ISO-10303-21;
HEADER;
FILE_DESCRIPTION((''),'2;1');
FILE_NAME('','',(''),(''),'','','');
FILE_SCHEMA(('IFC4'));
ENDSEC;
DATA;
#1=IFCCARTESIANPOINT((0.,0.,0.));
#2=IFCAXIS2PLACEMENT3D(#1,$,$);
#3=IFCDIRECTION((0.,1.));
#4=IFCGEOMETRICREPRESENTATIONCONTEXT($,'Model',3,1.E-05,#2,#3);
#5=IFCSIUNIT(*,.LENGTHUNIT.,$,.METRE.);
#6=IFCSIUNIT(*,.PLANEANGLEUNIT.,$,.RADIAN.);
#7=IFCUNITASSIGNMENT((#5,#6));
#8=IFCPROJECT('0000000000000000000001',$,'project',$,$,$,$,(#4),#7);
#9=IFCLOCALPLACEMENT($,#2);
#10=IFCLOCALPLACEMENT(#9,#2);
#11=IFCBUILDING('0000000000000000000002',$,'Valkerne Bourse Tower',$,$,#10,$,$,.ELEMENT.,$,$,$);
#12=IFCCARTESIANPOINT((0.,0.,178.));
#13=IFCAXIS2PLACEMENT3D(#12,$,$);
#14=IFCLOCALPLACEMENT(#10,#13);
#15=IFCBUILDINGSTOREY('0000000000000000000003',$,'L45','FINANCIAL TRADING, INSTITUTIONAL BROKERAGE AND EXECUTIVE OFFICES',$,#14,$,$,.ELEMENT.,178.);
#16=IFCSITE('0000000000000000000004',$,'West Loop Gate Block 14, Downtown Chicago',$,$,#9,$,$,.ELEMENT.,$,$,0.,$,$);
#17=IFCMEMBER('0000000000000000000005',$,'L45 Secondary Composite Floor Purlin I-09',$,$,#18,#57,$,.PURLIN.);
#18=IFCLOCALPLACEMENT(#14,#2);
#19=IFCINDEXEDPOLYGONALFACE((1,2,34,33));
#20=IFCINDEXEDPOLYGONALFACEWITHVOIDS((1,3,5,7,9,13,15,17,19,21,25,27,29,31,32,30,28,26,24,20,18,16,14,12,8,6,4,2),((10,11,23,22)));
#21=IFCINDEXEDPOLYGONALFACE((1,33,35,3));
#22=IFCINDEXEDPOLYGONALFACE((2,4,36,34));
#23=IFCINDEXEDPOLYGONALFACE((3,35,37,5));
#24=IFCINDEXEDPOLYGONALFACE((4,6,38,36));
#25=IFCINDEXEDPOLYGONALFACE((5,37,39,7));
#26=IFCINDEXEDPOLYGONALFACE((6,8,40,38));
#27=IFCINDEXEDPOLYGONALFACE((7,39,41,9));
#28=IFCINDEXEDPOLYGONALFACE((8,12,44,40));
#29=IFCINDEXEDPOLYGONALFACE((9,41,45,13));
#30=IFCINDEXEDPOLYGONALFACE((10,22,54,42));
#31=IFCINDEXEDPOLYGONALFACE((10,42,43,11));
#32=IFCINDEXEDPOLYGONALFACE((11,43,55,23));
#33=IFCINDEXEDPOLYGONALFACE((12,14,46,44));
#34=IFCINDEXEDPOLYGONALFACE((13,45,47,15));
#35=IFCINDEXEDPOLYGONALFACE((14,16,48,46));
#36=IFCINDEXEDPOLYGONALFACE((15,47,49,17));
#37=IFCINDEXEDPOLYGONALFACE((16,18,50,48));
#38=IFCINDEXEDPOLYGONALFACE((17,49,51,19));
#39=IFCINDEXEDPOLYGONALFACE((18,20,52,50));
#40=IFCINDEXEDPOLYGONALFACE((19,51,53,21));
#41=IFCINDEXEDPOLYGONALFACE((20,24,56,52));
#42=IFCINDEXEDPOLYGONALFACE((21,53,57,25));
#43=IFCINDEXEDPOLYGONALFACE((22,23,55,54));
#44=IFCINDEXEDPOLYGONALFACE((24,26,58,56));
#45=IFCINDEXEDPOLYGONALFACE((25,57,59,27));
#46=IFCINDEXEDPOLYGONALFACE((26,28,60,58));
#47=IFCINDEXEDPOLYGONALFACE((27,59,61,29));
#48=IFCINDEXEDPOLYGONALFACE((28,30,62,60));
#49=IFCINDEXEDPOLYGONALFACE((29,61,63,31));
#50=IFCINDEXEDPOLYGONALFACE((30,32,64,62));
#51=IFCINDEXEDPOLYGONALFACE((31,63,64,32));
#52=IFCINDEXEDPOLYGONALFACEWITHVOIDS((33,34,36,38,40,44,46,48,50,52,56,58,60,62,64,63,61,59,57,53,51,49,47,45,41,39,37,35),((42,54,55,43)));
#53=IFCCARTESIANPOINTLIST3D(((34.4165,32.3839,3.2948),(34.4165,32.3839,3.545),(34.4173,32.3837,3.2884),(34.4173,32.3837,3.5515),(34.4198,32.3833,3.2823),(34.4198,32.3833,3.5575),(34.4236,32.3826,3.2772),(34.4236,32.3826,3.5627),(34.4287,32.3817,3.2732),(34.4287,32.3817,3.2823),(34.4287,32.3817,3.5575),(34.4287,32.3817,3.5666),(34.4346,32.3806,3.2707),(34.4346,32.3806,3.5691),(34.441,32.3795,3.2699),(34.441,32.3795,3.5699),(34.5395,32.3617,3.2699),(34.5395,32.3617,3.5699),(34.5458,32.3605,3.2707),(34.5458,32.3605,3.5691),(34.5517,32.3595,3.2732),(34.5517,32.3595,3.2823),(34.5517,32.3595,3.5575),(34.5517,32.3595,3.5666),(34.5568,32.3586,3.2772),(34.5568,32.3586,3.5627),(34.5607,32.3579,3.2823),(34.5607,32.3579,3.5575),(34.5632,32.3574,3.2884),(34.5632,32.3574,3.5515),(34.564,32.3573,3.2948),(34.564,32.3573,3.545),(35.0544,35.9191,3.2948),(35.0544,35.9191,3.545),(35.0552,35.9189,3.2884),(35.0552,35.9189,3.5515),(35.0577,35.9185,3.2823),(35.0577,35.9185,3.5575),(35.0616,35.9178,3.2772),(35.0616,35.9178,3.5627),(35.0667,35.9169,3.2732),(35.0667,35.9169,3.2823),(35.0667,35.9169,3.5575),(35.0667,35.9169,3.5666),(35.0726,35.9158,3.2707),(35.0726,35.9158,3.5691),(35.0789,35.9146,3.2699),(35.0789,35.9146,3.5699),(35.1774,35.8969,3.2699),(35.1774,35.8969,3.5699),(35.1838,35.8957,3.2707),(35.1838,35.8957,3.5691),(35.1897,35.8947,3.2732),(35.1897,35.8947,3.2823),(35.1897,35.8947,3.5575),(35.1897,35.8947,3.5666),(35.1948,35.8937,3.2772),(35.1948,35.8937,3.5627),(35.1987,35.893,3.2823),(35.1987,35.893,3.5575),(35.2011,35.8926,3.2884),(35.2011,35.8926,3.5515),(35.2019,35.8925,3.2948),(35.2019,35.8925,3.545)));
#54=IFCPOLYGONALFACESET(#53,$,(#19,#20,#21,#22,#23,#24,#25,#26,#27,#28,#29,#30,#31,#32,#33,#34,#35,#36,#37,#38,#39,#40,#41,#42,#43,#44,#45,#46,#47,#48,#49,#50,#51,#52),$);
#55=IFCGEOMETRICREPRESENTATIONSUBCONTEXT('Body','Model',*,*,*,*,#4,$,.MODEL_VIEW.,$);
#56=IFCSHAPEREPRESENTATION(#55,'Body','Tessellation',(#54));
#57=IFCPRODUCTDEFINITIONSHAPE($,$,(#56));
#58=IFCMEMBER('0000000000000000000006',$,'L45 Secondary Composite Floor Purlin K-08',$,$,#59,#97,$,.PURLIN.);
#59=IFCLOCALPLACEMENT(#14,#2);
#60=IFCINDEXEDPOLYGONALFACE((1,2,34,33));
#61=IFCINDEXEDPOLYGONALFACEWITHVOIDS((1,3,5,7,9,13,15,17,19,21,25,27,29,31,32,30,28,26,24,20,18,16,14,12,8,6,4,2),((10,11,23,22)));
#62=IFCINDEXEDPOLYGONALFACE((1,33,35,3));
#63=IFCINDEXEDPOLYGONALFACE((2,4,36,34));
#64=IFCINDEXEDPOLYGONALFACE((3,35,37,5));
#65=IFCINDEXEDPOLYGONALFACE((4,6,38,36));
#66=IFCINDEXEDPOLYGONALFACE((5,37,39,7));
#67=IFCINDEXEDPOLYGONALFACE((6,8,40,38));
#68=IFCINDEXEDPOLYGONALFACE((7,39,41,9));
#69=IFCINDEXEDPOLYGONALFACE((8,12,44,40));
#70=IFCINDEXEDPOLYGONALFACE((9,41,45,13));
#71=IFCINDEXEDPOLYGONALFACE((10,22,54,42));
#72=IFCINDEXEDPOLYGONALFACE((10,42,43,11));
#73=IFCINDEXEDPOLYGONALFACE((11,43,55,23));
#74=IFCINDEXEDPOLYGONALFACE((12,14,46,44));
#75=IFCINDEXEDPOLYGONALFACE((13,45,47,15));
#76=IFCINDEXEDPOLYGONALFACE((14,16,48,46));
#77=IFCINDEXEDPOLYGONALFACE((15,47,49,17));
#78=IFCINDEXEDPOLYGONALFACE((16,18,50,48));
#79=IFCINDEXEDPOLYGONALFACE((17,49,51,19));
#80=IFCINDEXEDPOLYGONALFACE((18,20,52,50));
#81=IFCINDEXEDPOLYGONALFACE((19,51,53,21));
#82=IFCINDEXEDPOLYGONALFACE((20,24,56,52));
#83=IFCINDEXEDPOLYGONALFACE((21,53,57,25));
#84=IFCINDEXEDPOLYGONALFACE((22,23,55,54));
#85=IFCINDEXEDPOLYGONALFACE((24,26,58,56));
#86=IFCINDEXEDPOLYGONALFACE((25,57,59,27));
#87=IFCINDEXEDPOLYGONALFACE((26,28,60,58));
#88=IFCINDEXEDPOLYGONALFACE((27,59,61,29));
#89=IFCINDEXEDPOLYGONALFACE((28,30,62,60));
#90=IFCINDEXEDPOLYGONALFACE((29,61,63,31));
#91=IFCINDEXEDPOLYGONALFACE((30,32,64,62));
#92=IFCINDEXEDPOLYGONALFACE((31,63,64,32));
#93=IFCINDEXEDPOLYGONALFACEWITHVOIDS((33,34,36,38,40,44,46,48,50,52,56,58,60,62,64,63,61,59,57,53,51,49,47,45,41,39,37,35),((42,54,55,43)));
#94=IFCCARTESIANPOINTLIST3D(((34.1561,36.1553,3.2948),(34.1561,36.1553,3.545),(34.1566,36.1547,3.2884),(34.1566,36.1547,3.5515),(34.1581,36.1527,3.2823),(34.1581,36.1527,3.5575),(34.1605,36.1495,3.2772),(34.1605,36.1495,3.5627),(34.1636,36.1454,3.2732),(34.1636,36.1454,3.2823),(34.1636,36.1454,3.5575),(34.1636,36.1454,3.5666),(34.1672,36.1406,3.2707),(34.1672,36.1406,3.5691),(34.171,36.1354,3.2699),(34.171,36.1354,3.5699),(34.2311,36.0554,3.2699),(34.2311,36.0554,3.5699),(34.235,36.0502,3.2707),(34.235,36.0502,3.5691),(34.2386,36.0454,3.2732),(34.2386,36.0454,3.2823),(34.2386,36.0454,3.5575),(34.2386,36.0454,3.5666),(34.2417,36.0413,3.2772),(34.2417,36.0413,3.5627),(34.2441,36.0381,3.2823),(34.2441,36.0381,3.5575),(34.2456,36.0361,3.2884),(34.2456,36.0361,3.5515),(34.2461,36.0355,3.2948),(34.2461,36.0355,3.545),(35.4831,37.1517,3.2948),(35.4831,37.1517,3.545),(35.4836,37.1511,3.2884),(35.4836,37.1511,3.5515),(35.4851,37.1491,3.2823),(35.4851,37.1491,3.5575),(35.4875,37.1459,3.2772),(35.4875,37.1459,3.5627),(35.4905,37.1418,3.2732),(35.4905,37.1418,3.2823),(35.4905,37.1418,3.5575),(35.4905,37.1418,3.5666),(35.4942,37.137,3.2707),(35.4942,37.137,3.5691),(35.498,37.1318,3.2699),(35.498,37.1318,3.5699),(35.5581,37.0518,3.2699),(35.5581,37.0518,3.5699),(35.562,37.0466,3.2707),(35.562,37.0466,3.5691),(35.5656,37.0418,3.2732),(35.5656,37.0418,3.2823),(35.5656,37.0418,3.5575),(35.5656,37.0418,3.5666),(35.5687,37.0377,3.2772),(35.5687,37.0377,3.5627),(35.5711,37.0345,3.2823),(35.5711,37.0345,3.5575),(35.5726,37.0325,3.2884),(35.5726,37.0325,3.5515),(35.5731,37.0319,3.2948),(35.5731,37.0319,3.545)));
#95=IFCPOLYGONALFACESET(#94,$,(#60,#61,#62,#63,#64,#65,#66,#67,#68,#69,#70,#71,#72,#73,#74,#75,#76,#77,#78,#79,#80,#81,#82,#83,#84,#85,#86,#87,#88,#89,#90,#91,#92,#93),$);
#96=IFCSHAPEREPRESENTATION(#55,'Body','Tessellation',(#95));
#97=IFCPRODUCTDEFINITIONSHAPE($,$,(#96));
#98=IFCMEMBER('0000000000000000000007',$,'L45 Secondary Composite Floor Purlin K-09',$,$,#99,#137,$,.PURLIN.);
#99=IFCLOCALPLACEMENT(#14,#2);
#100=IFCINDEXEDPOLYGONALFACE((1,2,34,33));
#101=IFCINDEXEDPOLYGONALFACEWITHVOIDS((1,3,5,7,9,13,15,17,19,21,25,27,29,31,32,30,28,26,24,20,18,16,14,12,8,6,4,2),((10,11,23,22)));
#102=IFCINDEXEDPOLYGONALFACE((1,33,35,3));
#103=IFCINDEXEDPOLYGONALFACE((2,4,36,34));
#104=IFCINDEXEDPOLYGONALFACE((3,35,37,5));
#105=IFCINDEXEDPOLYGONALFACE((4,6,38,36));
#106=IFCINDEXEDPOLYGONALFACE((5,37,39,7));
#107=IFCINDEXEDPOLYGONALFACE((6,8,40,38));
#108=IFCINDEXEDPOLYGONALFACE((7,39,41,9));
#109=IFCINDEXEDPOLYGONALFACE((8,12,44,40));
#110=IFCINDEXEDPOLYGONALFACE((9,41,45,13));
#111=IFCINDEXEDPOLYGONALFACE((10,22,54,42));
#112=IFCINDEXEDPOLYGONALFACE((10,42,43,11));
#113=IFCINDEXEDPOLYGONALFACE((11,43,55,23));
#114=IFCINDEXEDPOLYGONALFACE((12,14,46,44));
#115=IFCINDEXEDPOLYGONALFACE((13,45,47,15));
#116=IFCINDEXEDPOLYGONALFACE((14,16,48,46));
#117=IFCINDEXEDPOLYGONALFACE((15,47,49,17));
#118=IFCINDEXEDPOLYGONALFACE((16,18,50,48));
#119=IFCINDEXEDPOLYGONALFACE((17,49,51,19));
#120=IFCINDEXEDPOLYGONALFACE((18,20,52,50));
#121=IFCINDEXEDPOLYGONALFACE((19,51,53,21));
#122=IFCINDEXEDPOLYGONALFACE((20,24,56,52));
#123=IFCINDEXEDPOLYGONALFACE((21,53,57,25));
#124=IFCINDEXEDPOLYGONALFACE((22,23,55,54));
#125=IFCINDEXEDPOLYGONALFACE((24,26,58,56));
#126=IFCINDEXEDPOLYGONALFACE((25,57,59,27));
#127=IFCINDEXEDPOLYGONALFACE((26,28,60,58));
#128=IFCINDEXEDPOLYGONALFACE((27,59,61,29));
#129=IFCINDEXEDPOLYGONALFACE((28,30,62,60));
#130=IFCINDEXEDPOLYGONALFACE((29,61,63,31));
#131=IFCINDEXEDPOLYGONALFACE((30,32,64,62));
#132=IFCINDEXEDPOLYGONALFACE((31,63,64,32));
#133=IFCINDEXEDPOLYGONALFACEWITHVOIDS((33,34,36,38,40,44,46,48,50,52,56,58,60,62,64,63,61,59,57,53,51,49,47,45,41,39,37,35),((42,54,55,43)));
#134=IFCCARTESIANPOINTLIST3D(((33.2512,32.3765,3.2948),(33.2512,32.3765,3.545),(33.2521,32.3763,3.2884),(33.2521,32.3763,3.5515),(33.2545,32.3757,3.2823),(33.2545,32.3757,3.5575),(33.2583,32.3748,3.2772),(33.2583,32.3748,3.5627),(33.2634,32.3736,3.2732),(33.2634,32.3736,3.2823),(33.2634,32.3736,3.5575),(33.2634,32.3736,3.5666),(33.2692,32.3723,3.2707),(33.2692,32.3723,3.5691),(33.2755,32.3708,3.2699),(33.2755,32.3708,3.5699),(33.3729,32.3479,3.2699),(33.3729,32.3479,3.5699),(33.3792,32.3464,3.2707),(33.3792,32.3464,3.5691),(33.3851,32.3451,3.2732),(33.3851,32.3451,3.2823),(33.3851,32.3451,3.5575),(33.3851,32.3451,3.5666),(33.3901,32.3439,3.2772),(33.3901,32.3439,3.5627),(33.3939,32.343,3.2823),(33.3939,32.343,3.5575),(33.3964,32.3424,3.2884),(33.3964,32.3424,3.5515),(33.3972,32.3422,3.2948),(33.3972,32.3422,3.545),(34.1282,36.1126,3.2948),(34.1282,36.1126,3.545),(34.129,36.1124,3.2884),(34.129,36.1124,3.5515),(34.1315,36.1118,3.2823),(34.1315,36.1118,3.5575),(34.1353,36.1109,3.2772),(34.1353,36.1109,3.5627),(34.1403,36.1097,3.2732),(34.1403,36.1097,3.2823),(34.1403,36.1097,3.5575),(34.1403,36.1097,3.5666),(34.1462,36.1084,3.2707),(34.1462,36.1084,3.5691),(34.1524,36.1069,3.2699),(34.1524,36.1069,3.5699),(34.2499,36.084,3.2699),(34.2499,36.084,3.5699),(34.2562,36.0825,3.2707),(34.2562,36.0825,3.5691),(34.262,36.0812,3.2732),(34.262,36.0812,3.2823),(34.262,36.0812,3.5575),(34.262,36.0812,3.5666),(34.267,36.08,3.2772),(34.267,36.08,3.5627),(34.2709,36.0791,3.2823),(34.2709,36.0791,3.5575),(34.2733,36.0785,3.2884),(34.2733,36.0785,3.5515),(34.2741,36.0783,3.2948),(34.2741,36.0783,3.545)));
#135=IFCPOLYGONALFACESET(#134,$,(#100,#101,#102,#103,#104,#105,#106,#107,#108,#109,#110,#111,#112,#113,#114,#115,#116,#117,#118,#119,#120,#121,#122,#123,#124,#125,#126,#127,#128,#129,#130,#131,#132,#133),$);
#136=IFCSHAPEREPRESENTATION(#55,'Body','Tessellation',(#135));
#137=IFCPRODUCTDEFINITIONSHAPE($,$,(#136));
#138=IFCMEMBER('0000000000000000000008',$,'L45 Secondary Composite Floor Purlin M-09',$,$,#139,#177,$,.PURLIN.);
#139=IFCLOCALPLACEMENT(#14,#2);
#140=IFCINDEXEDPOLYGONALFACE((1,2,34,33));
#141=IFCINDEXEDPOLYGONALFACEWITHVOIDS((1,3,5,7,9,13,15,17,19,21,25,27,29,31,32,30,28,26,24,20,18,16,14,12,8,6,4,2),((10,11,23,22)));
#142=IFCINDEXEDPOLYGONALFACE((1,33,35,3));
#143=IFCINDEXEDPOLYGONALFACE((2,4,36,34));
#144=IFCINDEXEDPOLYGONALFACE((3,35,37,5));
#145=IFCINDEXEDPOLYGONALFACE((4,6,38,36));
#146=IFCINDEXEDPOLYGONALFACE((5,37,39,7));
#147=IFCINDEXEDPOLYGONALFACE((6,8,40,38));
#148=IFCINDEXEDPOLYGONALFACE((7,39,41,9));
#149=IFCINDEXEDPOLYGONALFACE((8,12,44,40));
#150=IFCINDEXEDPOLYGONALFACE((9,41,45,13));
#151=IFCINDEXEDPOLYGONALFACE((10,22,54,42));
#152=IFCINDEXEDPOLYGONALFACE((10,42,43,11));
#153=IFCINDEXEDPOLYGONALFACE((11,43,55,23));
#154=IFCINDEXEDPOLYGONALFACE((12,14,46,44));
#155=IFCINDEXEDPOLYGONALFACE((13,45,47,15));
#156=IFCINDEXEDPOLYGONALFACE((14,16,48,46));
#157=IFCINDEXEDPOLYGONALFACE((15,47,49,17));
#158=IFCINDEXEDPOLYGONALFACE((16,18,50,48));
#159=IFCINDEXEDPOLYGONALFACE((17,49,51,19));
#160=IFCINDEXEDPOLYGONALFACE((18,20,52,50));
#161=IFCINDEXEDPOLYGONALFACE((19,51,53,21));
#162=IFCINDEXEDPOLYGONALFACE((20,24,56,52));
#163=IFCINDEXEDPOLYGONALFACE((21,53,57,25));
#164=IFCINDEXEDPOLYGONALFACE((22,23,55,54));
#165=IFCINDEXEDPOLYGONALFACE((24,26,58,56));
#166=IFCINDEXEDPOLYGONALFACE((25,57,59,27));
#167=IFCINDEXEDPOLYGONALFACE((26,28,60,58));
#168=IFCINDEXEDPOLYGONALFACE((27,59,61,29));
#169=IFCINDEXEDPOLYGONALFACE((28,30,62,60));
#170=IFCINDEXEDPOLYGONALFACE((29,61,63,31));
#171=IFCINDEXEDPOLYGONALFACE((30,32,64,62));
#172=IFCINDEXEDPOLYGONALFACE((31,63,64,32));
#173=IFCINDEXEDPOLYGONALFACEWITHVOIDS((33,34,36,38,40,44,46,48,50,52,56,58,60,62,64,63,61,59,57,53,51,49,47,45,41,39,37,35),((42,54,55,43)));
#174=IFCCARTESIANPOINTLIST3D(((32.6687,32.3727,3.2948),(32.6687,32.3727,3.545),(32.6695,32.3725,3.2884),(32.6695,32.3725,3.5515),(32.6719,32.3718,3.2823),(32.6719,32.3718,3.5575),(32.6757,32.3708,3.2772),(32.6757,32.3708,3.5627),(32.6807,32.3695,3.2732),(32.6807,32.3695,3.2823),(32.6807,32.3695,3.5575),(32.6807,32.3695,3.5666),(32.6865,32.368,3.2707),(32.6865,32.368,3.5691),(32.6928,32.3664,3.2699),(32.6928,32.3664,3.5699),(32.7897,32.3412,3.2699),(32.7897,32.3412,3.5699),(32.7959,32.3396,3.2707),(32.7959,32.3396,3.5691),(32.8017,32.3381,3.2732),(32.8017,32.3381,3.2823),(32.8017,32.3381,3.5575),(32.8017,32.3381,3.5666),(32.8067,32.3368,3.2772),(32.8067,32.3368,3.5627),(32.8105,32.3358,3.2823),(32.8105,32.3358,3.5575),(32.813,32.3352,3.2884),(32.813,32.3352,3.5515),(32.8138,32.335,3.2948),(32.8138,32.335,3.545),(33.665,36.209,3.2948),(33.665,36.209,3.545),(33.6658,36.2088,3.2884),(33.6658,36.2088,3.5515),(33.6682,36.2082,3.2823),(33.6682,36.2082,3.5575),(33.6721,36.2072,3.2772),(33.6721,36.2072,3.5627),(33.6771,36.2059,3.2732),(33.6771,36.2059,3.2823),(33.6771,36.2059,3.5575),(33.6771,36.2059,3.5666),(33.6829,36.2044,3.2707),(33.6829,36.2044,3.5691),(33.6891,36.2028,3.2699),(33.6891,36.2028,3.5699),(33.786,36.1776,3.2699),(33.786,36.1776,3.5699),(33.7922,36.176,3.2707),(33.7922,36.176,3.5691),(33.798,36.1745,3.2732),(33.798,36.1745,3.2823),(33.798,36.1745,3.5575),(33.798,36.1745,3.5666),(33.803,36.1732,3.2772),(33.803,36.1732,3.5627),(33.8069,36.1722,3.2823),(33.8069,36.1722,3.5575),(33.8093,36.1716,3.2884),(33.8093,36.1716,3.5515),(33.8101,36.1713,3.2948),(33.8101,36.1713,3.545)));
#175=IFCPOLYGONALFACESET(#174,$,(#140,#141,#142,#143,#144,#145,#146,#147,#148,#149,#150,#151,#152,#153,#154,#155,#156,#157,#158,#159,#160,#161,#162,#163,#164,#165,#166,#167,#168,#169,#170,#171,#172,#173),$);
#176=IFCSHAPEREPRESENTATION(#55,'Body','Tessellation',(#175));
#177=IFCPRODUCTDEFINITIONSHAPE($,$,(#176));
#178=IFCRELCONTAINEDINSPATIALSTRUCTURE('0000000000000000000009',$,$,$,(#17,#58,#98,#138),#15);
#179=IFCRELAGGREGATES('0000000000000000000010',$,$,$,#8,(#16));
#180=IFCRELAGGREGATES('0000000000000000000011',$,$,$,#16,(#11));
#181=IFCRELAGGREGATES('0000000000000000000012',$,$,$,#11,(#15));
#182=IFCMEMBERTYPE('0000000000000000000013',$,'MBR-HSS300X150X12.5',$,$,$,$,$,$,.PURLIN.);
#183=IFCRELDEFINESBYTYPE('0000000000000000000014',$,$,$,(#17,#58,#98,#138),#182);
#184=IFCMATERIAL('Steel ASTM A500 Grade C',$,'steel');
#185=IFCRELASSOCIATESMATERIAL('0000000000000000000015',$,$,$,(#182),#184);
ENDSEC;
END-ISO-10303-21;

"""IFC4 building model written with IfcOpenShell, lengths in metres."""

from ifc_helpers import new_model, si_unit, direction, frame, origin, origin_2d, place, context, subcontext, project, spatial, hollow_rectangle, extrude, material, material_profile, profile_set, type_object, element, save


model = new_model("IFC4")

# Units and contexts
model_context = context("Model", 3, precision=1e-05, world=origin(), true_north=direction((0.0, 1.0)))
body_context = subcontext(model_context, "Body", "Model", "MODEL_VIEW")
ifc_project = project(units=[si_unit("LENGTHUNIT", "METRE"), si_unit("PLANEANGLEUNIT", "RADIAN")], contexts=[model_context])

# Site, building, storey
site_placement = place(None, origin())
site = spatial("IfcSite", under=ifc_project, at=site_placement, Name="West Loop Gate Block 14, Downtown Chicago", CompositionType="ELEMENT", RefElevation=0.0)
building_placement = place(site_placement, origin())
building = spatial("IfcBuilding", under=site, at=building_placement, Name="Valkerne Bourse Tower", CompositionType="ELEMENT")
storey_placement = place(building_placement, frame((0.0, 0.0, 178.0)))
storey = spatial("IfcBuildingStorey", under=building, at=storey_placement, Name="L45", Description="FINANCIAL TRADING, INSTITUTIONAL BROKERAGE AND EXECUTIVE OFFICES", CompositionType="ELEMENT", Elevation=178.0)

# Members
ifc_material_1 = material(Name="Steel ASTM A500 Grade C", Category="steel")
ifc_material_profile_1 = material_profile(ifc_material_1, hollow_rectangle(XDim=0.1499, YDim=0.3, WallThickness=0.0125, OuterFilletRadius=0.0249, at=origin_2d()), Name="HSS300X150X12.5")
ifc_profile_set_1 = profile_set([ifc_material_profile_1], Name="Steel ASTM A500 Grade C")
member_type_1 = type_object("IfcMemberType", Name="MBR-HSS300X150X12.5", PredefinedType="PURLIN", material=ifc_profile_set_1)
member_1_placement = place(storey_placement, frame((35.1282, 35.9058, 3.4199), z_axis=(-0.177587, -0.984105, 0.0), x_axis=(0.984105, -0.177587, 0.0)))
element("IfcMember", 1, at=member_1_placement, inside=storey, type_object=member_type_1, Name="L45 Secondary Composite Floor Purlin I-09", PredefinedType="PURLIN", context=body_context, shape_type="SweptSolid", body=[
    extrude(hollow_rectangle(XDim=0.1499, YDim=0.3, WallThickness=0.0125, OuterFilletRadius=0.0249, at=origin_2d()), origin(), (0.0, 0.0, 1.0), 3.5923),
])
member_2_placement = place(storey_placement, frame((35.5281, 37.0918, 3.4199), z_axis=(-0.799664, -0.600447, 0.0), x_axis=(0.600447, -0.799664, 0.0)))
element("IfcMember", 2, at=member_2_placement, inside=storey, type_object=member_type_1, Name="L45 Secondary Composite Floor Purlin K-08", PredefinedType="PURLIN", context=body_context, shape_type="SweptSolid", body=[
    extrude(hollow_rectangle(XDim=0.1499, YDim=0.3, WallThickness=0.0125, OuterFilletRadius=0.0249, at=origin_2d()), origin(), (0.0, 0.0, 1.0), 1.6594),
])
member_3_placement = place(storey_placement, frame((34.2012, 36.0955, 3.4199), z_axis=(-0.228515, -0.973541, 0.0), x_axis=(0.973541, -0.228515, 0.0)))
element("IfcMember", 3, at=member_3_placement, inside=storey, type_object=member_type_1, Name="L45 Secondary Composite Floor Purlin K-09", PredefinedType="PURLIN", context=body_context, shape_type="SweptSolid", body=[
    extrude(hollow_rectangle(XDim=0.1499, YDim=0.3, WallThickness=0.0125, OuterFilletRadius=0.0249, at=origin_2d()), origin(), (0.0, 0.0, 1.0), 3.8376),
])
member_4_placement = place(storey_placement, frame((33.7375, 36.1902, 3.4199), z_axis=(-0.251366, -0.967892, 0.0), x_axis=(0.967892, -0.251366, 0.0)))
element("IfcMember", 4, at=member_4_placement, inside=storey, type_object=member_type_1, Name="L45 Secondary Composite Floor Purlin M-09", PredefinedType="PURLIN", context=body_context, shape_type="SweptSolid", body=[
    extrude(hollow_rectangle(XDim=0.1499, YDim=0.3, WallThickness=0.0125, OuterFilletRadius=0.0249, at=origin_2d()), origin(), (0.0, 0.0, 1.0), 3.9636),
])

save(model, "model.ifc")
